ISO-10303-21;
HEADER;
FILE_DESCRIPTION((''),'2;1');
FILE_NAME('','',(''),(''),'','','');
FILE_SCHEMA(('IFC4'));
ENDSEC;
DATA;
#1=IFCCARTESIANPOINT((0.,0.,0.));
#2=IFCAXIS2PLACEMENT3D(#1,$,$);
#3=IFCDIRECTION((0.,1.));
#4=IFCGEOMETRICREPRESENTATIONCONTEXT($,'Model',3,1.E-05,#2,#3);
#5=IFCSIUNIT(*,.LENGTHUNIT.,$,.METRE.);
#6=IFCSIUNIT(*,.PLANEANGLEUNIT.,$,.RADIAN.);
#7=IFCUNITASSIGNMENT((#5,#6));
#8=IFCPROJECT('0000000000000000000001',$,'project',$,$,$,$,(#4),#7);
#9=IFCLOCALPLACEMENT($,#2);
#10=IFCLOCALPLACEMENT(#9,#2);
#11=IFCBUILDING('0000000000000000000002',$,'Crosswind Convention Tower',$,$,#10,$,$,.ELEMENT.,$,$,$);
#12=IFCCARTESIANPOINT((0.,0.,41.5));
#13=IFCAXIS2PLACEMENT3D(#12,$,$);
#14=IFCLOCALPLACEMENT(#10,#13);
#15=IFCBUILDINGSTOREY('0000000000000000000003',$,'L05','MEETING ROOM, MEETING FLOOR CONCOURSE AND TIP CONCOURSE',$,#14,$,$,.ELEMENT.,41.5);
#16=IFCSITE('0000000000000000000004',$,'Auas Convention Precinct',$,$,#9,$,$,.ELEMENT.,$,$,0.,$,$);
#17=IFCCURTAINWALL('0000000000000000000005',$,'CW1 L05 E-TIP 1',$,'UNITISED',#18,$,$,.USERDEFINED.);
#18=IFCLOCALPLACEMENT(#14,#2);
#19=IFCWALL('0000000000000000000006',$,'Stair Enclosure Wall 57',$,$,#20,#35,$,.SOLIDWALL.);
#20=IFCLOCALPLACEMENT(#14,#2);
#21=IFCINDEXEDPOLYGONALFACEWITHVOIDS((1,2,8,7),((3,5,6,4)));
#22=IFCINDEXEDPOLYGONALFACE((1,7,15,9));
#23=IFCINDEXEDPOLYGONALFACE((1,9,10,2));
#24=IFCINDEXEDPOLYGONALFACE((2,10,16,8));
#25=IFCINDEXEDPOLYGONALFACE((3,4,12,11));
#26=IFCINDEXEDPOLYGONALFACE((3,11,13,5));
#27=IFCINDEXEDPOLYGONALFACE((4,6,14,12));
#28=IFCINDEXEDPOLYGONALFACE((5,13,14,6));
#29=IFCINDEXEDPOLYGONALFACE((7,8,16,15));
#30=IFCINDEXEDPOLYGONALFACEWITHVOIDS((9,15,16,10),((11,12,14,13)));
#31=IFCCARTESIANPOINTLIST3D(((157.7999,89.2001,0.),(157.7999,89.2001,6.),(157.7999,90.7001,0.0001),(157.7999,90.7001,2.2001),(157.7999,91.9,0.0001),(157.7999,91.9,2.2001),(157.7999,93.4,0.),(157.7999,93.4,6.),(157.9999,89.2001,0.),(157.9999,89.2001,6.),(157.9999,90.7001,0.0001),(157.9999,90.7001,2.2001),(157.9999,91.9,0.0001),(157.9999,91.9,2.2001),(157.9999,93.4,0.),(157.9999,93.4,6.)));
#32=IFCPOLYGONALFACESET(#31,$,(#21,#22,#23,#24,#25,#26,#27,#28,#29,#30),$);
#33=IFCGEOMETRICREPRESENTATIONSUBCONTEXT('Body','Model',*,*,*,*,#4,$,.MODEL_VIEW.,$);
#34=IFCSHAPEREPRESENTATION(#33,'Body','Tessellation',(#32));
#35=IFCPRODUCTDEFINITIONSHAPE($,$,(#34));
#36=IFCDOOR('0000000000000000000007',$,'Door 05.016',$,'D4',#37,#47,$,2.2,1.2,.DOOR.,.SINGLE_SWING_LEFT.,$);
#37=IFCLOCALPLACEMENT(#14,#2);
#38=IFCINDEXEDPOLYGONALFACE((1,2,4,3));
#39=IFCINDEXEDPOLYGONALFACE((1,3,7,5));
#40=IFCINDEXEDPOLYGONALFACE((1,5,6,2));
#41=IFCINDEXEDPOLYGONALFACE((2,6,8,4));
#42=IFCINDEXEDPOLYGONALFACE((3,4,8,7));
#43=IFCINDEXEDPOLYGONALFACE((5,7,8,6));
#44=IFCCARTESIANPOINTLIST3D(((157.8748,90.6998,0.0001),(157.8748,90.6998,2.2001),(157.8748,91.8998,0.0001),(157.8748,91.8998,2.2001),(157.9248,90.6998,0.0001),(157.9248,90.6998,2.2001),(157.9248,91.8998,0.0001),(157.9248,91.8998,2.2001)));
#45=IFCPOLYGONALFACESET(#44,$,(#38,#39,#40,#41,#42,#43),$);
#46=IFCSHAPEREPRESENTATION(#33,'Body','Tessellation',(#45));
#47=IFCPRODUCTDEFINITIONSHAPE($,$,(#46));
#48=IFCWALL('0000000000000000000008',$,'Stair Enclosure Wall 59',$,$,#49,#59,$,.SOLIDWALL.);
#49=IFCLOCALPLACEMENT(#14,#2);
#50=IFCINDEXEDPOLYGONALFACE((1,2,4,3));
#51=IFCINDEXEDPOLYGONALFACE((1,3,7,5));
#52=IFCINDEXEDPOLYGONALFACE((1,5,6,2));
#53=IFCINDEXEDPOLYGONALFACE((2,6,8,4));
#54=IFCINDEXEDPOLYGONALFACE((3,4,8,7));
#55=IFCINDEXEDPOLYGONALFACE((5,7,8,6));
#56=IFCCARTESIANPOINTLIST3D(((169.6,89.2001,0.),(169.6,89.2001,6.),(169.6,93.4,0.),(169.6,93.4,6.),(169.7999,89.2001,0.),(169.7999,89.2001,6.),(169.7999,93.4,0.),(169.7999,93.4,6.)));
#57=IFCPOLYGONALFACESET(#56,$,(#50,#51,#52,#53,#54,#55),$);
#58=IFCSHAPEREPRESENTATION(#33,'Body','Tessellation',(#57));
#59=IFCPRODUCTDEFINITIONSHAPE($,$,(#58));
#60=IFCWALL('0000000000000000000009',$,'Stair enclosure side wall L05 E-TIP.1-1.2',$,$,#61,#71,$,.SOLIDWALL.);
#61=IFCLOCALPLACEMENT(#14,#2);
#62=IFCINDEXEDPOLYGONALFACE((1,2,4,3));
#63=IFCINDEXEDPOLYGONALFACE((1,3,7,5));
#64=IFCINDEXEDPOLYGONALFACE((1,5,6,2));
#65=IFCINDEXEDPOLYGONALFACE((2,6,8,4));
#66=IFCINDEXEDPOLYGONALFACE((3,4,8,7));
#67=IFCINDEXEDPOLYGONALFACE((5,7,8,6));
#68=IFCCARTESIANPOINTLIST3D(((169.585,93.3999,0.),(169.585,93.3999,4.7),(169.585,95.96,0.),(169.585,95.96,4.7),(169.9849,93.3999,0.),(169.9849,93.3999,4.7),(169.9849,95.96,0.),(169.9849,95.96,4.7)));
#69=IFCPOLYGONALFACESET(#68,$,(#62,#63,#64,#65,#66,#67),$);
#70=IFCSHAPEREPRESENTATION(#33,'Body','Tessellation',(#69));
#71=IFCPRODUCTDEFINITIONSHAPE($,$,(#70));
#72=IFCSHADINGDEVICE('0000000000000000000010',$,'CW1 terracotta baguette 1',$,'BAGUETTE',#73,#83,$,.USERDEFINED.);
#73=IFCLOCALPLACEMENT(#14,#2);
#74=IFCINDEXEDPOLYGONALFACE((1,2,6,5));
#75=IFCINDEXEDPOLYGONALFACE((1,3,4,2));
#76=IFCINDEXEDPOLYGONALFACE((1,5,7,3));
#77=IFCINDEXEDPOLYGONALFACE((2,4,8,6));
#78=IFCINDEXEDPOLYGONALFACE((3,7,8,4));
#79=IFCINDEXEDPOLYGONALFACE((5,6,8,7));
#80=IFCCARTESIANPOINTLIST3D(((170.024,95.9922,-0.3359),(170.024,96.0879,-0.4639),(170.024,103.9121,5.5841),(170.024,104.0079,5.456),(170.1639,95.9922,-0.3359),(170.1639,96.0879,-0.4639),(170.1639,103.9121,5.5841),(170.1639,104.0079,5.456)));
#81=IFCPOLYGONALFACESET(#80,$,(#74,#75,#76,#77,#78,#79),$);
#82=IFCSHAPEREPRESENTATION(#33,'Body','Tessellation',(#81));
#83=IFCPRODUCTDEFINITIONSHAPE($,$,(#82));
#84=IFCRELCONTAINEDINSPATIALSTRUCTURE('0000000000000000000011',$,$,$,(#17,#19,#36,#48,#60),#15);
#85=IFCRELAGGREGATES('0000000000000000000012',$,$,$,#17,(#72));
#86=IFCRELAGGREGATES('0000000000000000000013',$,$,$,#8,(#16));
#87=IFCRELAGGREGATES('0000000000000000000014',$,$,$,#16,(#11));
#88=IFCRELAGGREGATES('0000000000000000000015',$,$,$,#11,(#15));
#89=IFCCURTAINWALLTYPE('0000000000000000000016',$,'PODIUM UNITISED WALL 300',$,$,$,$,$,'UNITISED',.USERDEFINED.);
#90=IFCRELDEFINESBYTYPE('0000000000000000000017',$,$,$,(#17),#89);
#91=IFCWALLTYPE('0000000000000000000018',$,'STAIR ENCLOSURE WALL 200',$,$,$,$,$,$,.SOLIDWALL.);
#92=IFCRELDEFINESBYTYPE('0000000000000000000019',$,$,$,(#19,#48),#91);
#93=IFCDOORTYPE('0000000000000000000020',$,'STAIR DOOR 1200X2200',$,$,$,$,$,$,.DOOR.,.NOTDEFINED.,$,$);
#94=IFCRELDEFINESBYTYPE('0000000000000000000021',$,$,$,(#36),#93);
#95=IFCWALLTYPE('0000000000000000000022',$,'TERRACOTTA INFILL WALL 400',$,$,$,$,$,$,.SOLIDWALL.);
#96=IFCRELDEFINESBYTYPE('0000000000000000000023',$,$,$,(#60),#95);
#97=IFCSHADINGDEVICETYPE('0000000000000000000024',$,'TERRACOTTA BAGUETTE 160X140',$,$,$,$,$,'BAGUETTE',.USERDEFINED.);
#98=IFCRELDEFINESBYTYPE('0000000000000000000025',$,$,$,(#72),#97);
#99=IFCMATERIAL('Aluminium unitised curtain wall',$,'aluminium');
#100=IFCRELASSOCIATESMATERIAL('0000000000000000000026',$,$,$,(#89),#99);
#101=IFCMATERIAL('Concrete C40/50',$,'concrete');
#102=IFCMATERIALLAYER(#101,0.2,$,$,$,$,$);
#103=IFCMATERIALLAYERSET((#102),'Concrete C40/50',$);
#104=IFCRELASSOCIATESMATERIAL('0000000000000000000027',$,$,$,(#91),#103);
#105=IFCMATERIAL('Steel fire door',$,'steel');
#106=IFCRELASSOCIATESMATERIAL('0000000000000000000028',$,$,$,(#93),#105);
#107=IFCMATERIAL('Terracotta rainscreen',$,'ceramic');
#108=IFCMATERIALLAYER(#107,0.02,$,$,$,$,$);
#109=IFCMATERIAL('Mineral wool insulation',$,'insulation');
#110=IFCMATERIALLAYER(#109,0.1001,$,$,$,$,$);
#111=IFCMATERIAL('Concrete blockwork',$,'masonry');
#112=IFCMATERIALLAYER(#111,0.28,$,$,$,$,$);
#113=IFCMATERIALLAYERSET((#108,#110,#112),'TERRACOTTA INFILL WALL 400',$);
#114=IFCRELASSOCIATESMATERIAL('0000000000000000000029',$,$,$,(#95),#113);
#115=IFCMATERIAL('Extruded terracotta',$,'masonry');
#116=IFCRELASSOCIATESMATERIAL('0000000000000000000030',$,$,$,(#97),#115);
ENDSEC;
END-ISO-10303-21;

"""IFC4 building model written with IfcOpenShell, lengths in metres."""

from ifc_helpers import new_model, si_unit, direction, frame, frame_2d, origin, origin_2d, place, context, subcontext, project, spatial, rectangle, extrude, material, layer, layer_set, material_profile, profile_set, type_object, element, fill, aggregate, save


model = new_model("IFC4")

# Units and contexts
model_context = context("Model", 3, precision=1e-05, world=origin(), true_north=direction((0.0, 1.0)))
body_context = subcontext(model_context, "Body", "Model", "MODEL_VIEW")
ifc_project = project(units=[si_unit("LENGTHUNIT", "METRE"), si_unit("PLANEANGLEUNIT", "RADIAN")], contexts=[model_context])

# Site, building, storey
site_placement = place(None, origin())
site = spatial("IfcSite", under=ifc_project, at=site_placement, Name="Auas Convention Precinct", CompositionType="ELEMENT", RefElevation=0.0)
building_placement = place(site_placement, origin())
building = spatial("IfcBuilding", under=site, at=building_placement, Name="Crosswind Convention Tower", CompositionType="ELEMENT")
storey_placement = place(building_placement, frame((0.0, 0.0, 41.5)))
storey = spatial("IfcBuildingStorey", under=building, at=storey_placement, Name="L05", Description="MEETING ROOM, MEETING FLOOR CONCOURSE AND TIP CONCOURSE", CompositionType="ELEMENT", Elevation=41.5)

# Curtain wall
ifc_material_1 = material(Name="Aluminium unitised curtain wall", Category="aluminium")
curtain_wall_type = type_object("IfcCurtainWallType", Name="PODIUM UNITISED WALL 300", ElementType="UNITISED", PredefinedType="USERDEFINED", material=ifc_material_1)
curtain_wall_placement = place(storey_placement, origin())
curtain_wall = element("IfcCurtainWall", 1, at=curtain_wall_placement, inside=storey, type_object=curtain_wall_type, Name="CW1 L05 E-TIP 1", ObjectType="UNITISED", PredefinedType="USERDEFINED")

# Shared definitions
ifc_material_2 = material(Name="Concrete C40/50", Category="concrete")
ifc_layer_1 = layer(ifc_material_2, 0.2)
ifc_layer_set_1 = layer_set([ifc_layer_1], Name="Concrete C40/50")
wall_type_1 = type_object("IfcWallType", Name="STAIR ENCLOSURE WALL 200", PredefinedType="SOLIDWALL", material=ifc_layer_set_1)

# Wall, opening, door
wall_1_placement = place(storey_placement, frame((157.8999, 89.2, 0.0), z_axis=(0.0, 0.0, 1.0), x_axis=(0.0, 1.0, 0.0)))
wall_1 = element("IfcWall", 2, at=wall_1_placement, inside=storey, type_object=wall_type_1, Name="Stair Enclosure Wall 57", PredefinedType="SOLIDWALL", context=body_context, shape_type="SweptSolid", body=[
    extrude(rectangle(XDim=4.2, YDim=0.2, at=frame_2d((2.1001, 0.0))), origin(), (0.0, 0.0, 1.0), 6.0),
])
opening_1_placement = place(wall_1_placement, frame((1.5, 0.0, 0.0)))
opening_1 = element("IfcOpeningElement", 3, at=opening_1_placement, cuts=wall_1, PredefinedType="OPENING", context=body_context, shape_type="SweptSolid", body=[
    extrude(rectangle(XDim=1.2, YDim=2.2, at=frame_2d((0.6001, 1.1001))), frame((0.0, 0.1099, 0.0), z_axis=(0.0, -1.0, 0.0), x_axis=(1.0, 0.0, 0.0)), (0.0, 0.0, 1.0), 0.22),
])
ifc_material_3 = material(Name="Steel fire door", Category="steel")
door_type_1 = type_object("IfcDoorType", Name="STAIR DOOR 1200X2200", OperationType="NOTDEFINED", PredefinedType="DOOR", material=ifc_material_3)
door_1_placement = place(opening_1_placement, frame((1.2, 0.0, 0.0), z_axis=(0.0, 0.0, 1.0), x_axis=(-1.0, 0.0, 0.0)))
door_1 = element("IfcDoor", 4, at=door_1_placement, inside=storey, type_object=door_type_1, Name="Door 05.016", ObjectType="D4", OperationType="SINGLE_SWING_LEFT", OverallHeight=2.2, OverallWidth=1.2, PredefinedType="DOOR", context=body_context, shape_type="SweptSolid", body=[
    extrude(rectangle(XDim=1.2, YDim=2.2, at=frame_2d((0.6001, 1.1001))), frame((0.0, 0.0249, 0.0), z_axis=(0.0, -1.0, 0.0), x_axis=(1.0, 0.0, 0.0)), (0.0, 0.0, 1.0), 0.05),
])
fill(opening_1, door_1)

# Walls
wall_2_placement = place(storey_placement, frame((169.7, 89.2, 0.0), z_axis=(0.0, 0.0, 1.0), x_axis=(0.0, 1.0, 0.0)))
element("IfcWall", 5, at=wall_2_placement, inside=storey, type_object=wall_type_1, Name="Stair Enclosure Wall 59", PredefinedType="SOLIDWALL", context=body_context, shape_type="SweptSolid", body=[
    extrude(rectangle(XDim=4.2, YDim=0.2, at=frame_2d((2.1001, 0.0))), origin(), (0.0, 0.0, 1.0), 6.0),
])
ifc_material_4 = material(Name="Terracotta rainscreen", Category="ceramic")
ifc_layer_2 = layer(ifc_material_4, 0.02)
ifc_material_5 = material(Name="Mineral wool insulation", Category="insulation")
ifc_layer_3 = layer(ifc_material_5, 0.1001)
ifc_material_6 = material(Name="Concrete blockwork", Category="masonry")
ifc_layer_4 = layer(ifc_material_6, 0.28)
ifc_layer_set_2 = layer_set([ifc_layer_2, ifc_layer_3, ifc_layer_4], Name="TERRACOTTA INFILL WALL 400")
wall_type_2 = type_object("IfcWallType", Name="TERRACOTTA INFILL WALL 400", PredefinedType="SOLIDWALL", material=ifc_layer_set_2)
wall_3_placement = place(storey_placement, frame((169.7849, 93.3999, 0.0), z_axis=(0.0, 0.0, 1.0), x_axis=(0.0, 1.0, 0.0)))
element("IfcWall", 6, at=wall_3_placement, inside=storey, type_object=wall_type_2, Name="Stair enclosure side wall L05 E-TIP.1-1.2", PredefinedType="SOLIDWALL", context=body_context, shape_type="SweptSolid", body=[
    extrude(rectangle(XDim=2.5601, YDim=0.3999, at=frame_2d((1.28, 0.0))), origin(), (0.0, 0.0, 1.0), 4.7),
])

# Shading device
ifc_material_7 = material(Name="Extruded terracotta", Category="masonry")
ifc_material_profile_1 = material_profile(ifc_material_7, rectangle(XDim=0.1399, YDim=0.1599, at=origin_2d()), Name="TC 140X160")
ifc_profile_set_1 = profile_set([ifc_material_profile_1], Name="Extruded terracotta")
shading_device_type = type_object("IfcShadingDeviceType", Name="TERRACOTTA BAGUETTE 160X140", ElementType="BAGUETTE", PredefinedType="USERDEFINED", material=ifc_profile_set_1)
shading_device_placement = place(storey_placement, frame((170.094, 96.04, -0.3999), z_axis=(0.0, 0.800971, 0.598703), x_axis=(-1.0, 0.0, 0.0)))
shading_device = element("IfcShadingDevice", 7, at=shading_device_placement, type_object=shading_device_type, Name="CW1 terracotta baguette 1", ObjectType="BAGUETTE", PredefinedType="USERDEFINED", context=body_context, shape_type="SweptSolid", body=[
    extrude(rectangle(XDim=0.1399, YDim=0.1599, at=origin_2d()), origin(), (0.0, 0.0, 1.0), 9.8879),
])
aggregate(curtain_wall, [shading_device])

save(model, "model.ifc")
